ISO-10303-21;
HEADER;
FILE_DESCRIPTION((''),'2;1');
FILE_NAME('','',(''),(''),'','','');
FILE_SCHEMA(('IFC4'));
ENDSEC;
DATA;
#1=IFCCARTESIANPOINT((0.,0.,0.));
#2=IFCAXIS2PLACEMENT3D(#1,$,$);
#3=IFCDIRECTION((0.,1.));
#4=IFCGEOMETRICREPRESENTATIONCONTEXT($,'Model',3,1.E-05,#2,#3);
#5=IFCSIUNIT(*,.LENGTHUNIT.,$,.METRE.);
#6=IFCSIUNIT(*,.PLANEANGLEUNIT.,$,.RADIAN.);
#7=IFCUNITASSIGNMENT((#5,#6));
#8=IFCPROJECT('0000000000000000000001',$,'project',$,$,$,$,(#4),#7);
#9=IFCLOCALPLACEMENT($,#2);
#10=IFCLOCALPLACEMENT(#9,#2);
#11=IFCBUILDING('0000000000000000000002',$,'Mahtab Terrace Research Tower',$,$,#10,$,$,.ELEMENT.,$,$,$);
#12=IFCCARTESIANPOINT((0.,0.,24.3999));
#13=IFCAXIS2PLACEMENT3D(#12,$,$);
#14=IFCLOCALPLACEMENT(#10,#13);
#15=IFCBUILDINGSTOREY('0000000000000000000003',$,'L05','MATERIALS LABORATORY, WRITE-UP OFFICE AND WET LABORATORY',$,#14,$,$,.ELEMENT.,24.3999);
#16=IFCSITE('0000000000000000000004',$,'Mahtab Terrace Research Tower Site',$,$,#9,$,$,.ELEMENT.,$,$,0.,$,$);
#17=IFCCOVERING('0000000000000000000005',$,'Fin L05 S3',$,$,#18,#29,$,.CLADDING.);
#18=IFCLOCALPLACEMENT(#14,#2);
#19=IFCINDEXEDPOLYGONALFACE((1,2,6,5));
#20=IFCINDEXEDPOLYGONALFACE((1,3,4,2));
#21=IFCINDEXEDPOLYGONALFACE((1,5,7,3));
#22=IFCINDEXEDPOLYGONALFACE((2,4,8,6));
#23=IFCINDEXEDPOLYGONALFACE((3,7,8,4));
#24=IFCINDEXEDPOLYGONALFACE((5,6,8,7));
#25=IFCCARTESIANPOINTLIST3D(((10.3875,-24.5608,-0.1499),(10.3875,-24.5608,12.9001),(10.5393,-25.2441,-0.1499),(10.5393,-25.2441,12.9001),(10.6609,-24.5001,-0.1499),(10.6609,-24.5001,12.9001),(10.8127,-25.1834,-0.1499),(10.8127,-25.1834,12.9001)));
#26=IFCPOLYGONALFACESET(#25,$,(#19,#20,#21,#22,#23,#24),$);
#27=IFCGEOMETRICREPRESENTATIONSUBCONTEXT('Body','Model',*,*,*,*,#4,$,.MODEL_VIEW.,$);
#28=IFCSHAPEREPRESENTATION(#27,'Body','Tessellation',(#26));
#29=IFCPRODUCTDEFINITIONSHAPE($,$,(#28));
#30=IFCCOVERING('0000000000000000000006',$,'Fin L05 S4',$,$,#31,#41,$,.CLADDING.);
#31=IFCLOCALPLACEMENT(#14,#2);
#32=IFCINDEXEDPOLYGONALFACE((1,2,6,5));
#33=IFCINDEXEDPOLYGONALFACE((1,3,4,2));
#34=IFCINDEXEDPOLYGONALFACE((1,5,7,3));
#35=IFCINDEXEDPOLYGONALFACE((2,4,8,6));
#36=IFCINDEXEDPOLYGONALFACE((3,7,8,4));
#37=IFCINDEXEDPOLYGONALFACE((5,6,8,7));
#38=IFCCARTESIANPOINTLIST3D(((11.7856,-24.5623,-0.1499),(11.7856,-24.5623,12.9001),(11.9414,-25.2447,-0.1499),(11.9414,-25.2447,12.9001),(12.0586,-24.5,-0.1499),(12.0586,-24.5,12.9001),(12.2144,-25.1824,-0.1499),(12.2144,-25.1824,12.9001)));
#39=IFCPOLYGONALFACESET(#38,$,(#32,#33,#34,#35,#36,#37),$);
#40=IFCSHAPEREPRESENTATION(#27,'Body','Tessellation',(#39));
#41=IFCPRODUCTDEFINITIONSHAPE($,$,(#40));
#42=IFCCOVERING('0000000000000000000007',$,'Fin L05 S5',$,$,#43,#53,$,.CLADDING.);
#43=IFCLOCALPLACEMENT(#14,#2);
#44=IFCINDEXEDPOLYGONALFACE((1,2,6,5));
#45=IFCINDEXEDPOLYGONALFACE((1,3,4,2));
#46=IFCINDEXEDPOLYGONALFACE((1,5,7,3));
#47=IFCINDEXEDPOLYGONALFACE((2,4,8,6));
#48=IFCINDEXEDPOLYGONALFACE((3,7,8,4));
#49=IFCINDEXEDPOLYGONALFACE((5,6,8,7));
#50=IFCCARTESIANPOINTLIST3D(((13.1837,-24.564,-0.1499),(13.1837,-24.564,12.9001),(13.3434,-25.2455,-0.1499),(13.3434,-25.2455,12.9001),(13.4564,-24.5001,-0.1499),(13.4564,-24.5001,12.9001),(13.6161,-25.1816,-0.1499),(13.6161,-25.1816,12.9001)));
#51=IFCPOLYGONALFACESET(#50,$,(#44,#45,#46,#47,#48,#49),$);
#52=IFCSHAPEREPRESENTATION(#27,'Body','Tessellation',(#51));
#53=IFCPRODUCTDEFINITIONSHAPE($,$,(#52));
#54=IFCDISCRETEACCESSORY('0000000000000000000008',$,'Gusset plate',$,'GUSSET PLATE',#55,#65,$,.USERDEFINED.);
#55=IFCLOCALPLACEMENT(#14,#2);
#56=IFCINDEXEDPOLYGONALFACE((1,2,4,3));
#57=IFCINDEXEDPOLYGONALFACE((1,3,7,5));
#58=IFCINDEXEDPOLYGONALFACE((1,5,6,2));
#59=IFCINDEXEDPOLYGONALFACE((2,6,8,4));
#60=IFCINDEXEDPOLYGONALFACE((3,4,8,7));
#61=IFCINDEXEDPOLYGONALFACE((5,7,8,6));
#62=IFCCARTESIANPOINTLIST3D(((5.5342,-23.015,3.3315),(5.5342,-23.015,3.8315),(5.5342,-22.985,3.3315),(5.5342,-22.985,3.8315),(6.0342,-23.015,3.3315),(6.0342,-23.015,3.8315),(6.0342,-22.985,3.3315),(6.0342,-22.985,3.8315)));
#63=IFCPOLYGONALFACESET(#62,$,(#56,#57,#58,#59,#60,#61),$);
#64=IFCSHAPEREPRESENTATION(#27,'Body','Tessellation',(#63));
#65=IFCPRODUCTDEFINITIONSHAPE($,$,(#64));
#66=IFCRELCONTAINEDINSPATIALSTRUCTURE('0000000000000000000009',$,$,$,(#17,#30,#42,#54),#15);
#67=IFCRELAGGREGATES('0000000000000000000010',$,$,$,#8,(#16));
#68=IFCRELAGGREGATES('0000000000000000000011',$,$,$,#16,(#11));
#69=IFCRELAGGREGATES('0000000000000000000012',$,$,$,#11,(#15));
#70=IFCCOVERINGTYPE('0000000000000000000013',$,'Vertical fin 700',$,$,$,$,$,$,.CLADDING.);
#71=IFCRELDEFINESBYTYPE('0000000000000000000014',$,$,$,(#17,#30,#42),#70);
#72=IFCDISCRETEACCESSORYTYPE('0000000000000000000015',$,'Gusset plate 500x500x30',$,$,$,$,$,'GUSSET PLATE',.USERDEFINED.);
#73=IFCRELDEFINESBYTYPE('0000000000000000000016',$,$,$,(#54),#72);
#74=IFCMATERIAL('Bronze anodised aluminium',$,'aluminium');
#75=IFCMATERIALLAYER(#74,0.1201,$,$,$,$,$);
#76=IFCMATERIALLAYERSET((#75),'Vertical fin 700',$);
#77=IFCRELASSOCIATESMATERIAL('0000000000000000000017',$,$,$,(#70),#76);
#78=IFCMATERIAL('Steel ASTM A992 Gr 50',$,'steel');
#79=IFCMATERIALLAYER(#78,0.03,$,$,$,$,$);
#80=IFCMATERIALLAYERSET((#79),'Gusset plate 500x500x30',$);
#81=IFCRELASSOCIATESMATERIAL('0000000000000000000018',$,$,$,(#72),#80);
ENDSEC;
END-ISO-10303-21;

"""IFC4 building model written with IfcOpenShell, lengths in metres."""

from ifc_helpers import new_model, si_unit, direction, frame, origin, origin_2d, place, context, subcontext, project, spatial, rectangle, extrude, material, layer, layer_set, type_object, element, save


model = new_model("IFC4")

# Units and contexts
model_context = context("Model", 3, precision=1e-05, world=origin(), true_north=direction((0.0, 1.0)))
body_context = subcontext(model_context, "Body", "Model", "MODEL_VIEW")
ifc_project = project(units=[si_unit("LENGTHUNIT", "METRE"), si_unit("PLANEANGLEUNIT", "RADIAN")], contexts=[model_context])

# Site, building, storey
site_placement = place(None, origin())
site = spatial("IfcSite", under=ifc_project, at=site_placement, Name="Mahtab Terrace Research Tower Site", CompositionType="ELEMENT", RefElevation=0.0)
building_placement = place(site_placement, origin())
building = spatial("IfcBuilding", under=site, at=building_placement, Name="Mahtab Terrace Research Tower", CompositionType="ELEMENT")
storey_placement = place(building_placement, frame((0.0, 0.0, 24.3999)))
storey = spatial("IfcBuildingStorey", under=building, at=storey_placement, Name="L05", Description="MATERIALS LABORATORY, WRITE-UP OFFICE AND WET LABORATORY", CompositionType="ELEMENT", Elevation=24.3999)

# Shared definitions
ifc_material_1 = material(Name="Steel ASTM A992 Gr 50", Category="steel")

# Coverings
ifc_material_2 = material(Name="Bronze anodised aluminium", Category="aluminium")
ifc_layer_1 = layer(ifc_material_2, 0.1201)
ifc_layer_set_1 = layer_set([ifc_layer_1], Name="Vertical fin 700")
covering_type = type_object("IfcCoveringType", Name="Vertical fin 700", PredefinedType="CLADDING", material=ifc_layer_set_1)
for number, where, z_axis, x_axis, name in (
    (1, (10.6001, -24.8721, -0.1499), (0.0, 0.0, 1.0), (0.976206, 0.216845, 0.0), "Fin L05 S3"),
    (2, (12.0, -24.8723, -0.1499), (0.0, 0.0, 1.0), (0.974928, 0.222521, 0.0), "Fin L05 S4"),
    (3, (13.3999, -24.8728, -0.1499), (0.0, 0.0, 1.0), (0.973617, 0.228189, 0.0), "Fin L05 S5"),
):
    element("IfcCovering", number, at=place(storey_placement, frame(where, z_axis=z_axis, x_axis=x_axis)), inside=storey, type_object=covering_type, Name=name, PredefinedType="CLADDING", context=body_context, shape_type="SweptSolid", body=[
        extrude(rectangle(XDim=0.28, YDim=0.7, at=origin_2d()), origin(), (0.0, 0.0, 1.0), 13.05),
    ])

# Discrete accessory
ifc_layer_2 = layer(ifc_material_1, 0.03)
ifc_layer_set_2 = layer_set([ifc_layer_2], Name="Gusset plate 500x500x30")
discrete_accessory_type = type_object("IfcDiscreteAccessoryType", Name="Gusset plate 500x500x30", ElementType="GUSSET PLATE", PredefinedType="USERDEFINED", material=ifc_layer_set_2)
discrete_accessory_placement = place(storey_placement, frame((5.7842, -23.0, 3.3315), z_axis=(0.0, 0.0, 1.0), x_axis=(1.0, 0.0, 0.0)))
element("IfcDiscreteAccessory", 4, at=discrete_accessory_placement, inside=storey, type_object=discrete_accessory_type, Name="Gusset plate", ObjectType="GUSSET PLATE", PredefinedType="USERDEFINED", context=body_context, shape_type="SweptSolid", body=[
    extrude(rectangle(XDim=0.5, YDim=0.03, at=origin_2d()), origin(), (0.0, 0.0, 1.0), 0.5),
])

save(model, "model.ifc")
